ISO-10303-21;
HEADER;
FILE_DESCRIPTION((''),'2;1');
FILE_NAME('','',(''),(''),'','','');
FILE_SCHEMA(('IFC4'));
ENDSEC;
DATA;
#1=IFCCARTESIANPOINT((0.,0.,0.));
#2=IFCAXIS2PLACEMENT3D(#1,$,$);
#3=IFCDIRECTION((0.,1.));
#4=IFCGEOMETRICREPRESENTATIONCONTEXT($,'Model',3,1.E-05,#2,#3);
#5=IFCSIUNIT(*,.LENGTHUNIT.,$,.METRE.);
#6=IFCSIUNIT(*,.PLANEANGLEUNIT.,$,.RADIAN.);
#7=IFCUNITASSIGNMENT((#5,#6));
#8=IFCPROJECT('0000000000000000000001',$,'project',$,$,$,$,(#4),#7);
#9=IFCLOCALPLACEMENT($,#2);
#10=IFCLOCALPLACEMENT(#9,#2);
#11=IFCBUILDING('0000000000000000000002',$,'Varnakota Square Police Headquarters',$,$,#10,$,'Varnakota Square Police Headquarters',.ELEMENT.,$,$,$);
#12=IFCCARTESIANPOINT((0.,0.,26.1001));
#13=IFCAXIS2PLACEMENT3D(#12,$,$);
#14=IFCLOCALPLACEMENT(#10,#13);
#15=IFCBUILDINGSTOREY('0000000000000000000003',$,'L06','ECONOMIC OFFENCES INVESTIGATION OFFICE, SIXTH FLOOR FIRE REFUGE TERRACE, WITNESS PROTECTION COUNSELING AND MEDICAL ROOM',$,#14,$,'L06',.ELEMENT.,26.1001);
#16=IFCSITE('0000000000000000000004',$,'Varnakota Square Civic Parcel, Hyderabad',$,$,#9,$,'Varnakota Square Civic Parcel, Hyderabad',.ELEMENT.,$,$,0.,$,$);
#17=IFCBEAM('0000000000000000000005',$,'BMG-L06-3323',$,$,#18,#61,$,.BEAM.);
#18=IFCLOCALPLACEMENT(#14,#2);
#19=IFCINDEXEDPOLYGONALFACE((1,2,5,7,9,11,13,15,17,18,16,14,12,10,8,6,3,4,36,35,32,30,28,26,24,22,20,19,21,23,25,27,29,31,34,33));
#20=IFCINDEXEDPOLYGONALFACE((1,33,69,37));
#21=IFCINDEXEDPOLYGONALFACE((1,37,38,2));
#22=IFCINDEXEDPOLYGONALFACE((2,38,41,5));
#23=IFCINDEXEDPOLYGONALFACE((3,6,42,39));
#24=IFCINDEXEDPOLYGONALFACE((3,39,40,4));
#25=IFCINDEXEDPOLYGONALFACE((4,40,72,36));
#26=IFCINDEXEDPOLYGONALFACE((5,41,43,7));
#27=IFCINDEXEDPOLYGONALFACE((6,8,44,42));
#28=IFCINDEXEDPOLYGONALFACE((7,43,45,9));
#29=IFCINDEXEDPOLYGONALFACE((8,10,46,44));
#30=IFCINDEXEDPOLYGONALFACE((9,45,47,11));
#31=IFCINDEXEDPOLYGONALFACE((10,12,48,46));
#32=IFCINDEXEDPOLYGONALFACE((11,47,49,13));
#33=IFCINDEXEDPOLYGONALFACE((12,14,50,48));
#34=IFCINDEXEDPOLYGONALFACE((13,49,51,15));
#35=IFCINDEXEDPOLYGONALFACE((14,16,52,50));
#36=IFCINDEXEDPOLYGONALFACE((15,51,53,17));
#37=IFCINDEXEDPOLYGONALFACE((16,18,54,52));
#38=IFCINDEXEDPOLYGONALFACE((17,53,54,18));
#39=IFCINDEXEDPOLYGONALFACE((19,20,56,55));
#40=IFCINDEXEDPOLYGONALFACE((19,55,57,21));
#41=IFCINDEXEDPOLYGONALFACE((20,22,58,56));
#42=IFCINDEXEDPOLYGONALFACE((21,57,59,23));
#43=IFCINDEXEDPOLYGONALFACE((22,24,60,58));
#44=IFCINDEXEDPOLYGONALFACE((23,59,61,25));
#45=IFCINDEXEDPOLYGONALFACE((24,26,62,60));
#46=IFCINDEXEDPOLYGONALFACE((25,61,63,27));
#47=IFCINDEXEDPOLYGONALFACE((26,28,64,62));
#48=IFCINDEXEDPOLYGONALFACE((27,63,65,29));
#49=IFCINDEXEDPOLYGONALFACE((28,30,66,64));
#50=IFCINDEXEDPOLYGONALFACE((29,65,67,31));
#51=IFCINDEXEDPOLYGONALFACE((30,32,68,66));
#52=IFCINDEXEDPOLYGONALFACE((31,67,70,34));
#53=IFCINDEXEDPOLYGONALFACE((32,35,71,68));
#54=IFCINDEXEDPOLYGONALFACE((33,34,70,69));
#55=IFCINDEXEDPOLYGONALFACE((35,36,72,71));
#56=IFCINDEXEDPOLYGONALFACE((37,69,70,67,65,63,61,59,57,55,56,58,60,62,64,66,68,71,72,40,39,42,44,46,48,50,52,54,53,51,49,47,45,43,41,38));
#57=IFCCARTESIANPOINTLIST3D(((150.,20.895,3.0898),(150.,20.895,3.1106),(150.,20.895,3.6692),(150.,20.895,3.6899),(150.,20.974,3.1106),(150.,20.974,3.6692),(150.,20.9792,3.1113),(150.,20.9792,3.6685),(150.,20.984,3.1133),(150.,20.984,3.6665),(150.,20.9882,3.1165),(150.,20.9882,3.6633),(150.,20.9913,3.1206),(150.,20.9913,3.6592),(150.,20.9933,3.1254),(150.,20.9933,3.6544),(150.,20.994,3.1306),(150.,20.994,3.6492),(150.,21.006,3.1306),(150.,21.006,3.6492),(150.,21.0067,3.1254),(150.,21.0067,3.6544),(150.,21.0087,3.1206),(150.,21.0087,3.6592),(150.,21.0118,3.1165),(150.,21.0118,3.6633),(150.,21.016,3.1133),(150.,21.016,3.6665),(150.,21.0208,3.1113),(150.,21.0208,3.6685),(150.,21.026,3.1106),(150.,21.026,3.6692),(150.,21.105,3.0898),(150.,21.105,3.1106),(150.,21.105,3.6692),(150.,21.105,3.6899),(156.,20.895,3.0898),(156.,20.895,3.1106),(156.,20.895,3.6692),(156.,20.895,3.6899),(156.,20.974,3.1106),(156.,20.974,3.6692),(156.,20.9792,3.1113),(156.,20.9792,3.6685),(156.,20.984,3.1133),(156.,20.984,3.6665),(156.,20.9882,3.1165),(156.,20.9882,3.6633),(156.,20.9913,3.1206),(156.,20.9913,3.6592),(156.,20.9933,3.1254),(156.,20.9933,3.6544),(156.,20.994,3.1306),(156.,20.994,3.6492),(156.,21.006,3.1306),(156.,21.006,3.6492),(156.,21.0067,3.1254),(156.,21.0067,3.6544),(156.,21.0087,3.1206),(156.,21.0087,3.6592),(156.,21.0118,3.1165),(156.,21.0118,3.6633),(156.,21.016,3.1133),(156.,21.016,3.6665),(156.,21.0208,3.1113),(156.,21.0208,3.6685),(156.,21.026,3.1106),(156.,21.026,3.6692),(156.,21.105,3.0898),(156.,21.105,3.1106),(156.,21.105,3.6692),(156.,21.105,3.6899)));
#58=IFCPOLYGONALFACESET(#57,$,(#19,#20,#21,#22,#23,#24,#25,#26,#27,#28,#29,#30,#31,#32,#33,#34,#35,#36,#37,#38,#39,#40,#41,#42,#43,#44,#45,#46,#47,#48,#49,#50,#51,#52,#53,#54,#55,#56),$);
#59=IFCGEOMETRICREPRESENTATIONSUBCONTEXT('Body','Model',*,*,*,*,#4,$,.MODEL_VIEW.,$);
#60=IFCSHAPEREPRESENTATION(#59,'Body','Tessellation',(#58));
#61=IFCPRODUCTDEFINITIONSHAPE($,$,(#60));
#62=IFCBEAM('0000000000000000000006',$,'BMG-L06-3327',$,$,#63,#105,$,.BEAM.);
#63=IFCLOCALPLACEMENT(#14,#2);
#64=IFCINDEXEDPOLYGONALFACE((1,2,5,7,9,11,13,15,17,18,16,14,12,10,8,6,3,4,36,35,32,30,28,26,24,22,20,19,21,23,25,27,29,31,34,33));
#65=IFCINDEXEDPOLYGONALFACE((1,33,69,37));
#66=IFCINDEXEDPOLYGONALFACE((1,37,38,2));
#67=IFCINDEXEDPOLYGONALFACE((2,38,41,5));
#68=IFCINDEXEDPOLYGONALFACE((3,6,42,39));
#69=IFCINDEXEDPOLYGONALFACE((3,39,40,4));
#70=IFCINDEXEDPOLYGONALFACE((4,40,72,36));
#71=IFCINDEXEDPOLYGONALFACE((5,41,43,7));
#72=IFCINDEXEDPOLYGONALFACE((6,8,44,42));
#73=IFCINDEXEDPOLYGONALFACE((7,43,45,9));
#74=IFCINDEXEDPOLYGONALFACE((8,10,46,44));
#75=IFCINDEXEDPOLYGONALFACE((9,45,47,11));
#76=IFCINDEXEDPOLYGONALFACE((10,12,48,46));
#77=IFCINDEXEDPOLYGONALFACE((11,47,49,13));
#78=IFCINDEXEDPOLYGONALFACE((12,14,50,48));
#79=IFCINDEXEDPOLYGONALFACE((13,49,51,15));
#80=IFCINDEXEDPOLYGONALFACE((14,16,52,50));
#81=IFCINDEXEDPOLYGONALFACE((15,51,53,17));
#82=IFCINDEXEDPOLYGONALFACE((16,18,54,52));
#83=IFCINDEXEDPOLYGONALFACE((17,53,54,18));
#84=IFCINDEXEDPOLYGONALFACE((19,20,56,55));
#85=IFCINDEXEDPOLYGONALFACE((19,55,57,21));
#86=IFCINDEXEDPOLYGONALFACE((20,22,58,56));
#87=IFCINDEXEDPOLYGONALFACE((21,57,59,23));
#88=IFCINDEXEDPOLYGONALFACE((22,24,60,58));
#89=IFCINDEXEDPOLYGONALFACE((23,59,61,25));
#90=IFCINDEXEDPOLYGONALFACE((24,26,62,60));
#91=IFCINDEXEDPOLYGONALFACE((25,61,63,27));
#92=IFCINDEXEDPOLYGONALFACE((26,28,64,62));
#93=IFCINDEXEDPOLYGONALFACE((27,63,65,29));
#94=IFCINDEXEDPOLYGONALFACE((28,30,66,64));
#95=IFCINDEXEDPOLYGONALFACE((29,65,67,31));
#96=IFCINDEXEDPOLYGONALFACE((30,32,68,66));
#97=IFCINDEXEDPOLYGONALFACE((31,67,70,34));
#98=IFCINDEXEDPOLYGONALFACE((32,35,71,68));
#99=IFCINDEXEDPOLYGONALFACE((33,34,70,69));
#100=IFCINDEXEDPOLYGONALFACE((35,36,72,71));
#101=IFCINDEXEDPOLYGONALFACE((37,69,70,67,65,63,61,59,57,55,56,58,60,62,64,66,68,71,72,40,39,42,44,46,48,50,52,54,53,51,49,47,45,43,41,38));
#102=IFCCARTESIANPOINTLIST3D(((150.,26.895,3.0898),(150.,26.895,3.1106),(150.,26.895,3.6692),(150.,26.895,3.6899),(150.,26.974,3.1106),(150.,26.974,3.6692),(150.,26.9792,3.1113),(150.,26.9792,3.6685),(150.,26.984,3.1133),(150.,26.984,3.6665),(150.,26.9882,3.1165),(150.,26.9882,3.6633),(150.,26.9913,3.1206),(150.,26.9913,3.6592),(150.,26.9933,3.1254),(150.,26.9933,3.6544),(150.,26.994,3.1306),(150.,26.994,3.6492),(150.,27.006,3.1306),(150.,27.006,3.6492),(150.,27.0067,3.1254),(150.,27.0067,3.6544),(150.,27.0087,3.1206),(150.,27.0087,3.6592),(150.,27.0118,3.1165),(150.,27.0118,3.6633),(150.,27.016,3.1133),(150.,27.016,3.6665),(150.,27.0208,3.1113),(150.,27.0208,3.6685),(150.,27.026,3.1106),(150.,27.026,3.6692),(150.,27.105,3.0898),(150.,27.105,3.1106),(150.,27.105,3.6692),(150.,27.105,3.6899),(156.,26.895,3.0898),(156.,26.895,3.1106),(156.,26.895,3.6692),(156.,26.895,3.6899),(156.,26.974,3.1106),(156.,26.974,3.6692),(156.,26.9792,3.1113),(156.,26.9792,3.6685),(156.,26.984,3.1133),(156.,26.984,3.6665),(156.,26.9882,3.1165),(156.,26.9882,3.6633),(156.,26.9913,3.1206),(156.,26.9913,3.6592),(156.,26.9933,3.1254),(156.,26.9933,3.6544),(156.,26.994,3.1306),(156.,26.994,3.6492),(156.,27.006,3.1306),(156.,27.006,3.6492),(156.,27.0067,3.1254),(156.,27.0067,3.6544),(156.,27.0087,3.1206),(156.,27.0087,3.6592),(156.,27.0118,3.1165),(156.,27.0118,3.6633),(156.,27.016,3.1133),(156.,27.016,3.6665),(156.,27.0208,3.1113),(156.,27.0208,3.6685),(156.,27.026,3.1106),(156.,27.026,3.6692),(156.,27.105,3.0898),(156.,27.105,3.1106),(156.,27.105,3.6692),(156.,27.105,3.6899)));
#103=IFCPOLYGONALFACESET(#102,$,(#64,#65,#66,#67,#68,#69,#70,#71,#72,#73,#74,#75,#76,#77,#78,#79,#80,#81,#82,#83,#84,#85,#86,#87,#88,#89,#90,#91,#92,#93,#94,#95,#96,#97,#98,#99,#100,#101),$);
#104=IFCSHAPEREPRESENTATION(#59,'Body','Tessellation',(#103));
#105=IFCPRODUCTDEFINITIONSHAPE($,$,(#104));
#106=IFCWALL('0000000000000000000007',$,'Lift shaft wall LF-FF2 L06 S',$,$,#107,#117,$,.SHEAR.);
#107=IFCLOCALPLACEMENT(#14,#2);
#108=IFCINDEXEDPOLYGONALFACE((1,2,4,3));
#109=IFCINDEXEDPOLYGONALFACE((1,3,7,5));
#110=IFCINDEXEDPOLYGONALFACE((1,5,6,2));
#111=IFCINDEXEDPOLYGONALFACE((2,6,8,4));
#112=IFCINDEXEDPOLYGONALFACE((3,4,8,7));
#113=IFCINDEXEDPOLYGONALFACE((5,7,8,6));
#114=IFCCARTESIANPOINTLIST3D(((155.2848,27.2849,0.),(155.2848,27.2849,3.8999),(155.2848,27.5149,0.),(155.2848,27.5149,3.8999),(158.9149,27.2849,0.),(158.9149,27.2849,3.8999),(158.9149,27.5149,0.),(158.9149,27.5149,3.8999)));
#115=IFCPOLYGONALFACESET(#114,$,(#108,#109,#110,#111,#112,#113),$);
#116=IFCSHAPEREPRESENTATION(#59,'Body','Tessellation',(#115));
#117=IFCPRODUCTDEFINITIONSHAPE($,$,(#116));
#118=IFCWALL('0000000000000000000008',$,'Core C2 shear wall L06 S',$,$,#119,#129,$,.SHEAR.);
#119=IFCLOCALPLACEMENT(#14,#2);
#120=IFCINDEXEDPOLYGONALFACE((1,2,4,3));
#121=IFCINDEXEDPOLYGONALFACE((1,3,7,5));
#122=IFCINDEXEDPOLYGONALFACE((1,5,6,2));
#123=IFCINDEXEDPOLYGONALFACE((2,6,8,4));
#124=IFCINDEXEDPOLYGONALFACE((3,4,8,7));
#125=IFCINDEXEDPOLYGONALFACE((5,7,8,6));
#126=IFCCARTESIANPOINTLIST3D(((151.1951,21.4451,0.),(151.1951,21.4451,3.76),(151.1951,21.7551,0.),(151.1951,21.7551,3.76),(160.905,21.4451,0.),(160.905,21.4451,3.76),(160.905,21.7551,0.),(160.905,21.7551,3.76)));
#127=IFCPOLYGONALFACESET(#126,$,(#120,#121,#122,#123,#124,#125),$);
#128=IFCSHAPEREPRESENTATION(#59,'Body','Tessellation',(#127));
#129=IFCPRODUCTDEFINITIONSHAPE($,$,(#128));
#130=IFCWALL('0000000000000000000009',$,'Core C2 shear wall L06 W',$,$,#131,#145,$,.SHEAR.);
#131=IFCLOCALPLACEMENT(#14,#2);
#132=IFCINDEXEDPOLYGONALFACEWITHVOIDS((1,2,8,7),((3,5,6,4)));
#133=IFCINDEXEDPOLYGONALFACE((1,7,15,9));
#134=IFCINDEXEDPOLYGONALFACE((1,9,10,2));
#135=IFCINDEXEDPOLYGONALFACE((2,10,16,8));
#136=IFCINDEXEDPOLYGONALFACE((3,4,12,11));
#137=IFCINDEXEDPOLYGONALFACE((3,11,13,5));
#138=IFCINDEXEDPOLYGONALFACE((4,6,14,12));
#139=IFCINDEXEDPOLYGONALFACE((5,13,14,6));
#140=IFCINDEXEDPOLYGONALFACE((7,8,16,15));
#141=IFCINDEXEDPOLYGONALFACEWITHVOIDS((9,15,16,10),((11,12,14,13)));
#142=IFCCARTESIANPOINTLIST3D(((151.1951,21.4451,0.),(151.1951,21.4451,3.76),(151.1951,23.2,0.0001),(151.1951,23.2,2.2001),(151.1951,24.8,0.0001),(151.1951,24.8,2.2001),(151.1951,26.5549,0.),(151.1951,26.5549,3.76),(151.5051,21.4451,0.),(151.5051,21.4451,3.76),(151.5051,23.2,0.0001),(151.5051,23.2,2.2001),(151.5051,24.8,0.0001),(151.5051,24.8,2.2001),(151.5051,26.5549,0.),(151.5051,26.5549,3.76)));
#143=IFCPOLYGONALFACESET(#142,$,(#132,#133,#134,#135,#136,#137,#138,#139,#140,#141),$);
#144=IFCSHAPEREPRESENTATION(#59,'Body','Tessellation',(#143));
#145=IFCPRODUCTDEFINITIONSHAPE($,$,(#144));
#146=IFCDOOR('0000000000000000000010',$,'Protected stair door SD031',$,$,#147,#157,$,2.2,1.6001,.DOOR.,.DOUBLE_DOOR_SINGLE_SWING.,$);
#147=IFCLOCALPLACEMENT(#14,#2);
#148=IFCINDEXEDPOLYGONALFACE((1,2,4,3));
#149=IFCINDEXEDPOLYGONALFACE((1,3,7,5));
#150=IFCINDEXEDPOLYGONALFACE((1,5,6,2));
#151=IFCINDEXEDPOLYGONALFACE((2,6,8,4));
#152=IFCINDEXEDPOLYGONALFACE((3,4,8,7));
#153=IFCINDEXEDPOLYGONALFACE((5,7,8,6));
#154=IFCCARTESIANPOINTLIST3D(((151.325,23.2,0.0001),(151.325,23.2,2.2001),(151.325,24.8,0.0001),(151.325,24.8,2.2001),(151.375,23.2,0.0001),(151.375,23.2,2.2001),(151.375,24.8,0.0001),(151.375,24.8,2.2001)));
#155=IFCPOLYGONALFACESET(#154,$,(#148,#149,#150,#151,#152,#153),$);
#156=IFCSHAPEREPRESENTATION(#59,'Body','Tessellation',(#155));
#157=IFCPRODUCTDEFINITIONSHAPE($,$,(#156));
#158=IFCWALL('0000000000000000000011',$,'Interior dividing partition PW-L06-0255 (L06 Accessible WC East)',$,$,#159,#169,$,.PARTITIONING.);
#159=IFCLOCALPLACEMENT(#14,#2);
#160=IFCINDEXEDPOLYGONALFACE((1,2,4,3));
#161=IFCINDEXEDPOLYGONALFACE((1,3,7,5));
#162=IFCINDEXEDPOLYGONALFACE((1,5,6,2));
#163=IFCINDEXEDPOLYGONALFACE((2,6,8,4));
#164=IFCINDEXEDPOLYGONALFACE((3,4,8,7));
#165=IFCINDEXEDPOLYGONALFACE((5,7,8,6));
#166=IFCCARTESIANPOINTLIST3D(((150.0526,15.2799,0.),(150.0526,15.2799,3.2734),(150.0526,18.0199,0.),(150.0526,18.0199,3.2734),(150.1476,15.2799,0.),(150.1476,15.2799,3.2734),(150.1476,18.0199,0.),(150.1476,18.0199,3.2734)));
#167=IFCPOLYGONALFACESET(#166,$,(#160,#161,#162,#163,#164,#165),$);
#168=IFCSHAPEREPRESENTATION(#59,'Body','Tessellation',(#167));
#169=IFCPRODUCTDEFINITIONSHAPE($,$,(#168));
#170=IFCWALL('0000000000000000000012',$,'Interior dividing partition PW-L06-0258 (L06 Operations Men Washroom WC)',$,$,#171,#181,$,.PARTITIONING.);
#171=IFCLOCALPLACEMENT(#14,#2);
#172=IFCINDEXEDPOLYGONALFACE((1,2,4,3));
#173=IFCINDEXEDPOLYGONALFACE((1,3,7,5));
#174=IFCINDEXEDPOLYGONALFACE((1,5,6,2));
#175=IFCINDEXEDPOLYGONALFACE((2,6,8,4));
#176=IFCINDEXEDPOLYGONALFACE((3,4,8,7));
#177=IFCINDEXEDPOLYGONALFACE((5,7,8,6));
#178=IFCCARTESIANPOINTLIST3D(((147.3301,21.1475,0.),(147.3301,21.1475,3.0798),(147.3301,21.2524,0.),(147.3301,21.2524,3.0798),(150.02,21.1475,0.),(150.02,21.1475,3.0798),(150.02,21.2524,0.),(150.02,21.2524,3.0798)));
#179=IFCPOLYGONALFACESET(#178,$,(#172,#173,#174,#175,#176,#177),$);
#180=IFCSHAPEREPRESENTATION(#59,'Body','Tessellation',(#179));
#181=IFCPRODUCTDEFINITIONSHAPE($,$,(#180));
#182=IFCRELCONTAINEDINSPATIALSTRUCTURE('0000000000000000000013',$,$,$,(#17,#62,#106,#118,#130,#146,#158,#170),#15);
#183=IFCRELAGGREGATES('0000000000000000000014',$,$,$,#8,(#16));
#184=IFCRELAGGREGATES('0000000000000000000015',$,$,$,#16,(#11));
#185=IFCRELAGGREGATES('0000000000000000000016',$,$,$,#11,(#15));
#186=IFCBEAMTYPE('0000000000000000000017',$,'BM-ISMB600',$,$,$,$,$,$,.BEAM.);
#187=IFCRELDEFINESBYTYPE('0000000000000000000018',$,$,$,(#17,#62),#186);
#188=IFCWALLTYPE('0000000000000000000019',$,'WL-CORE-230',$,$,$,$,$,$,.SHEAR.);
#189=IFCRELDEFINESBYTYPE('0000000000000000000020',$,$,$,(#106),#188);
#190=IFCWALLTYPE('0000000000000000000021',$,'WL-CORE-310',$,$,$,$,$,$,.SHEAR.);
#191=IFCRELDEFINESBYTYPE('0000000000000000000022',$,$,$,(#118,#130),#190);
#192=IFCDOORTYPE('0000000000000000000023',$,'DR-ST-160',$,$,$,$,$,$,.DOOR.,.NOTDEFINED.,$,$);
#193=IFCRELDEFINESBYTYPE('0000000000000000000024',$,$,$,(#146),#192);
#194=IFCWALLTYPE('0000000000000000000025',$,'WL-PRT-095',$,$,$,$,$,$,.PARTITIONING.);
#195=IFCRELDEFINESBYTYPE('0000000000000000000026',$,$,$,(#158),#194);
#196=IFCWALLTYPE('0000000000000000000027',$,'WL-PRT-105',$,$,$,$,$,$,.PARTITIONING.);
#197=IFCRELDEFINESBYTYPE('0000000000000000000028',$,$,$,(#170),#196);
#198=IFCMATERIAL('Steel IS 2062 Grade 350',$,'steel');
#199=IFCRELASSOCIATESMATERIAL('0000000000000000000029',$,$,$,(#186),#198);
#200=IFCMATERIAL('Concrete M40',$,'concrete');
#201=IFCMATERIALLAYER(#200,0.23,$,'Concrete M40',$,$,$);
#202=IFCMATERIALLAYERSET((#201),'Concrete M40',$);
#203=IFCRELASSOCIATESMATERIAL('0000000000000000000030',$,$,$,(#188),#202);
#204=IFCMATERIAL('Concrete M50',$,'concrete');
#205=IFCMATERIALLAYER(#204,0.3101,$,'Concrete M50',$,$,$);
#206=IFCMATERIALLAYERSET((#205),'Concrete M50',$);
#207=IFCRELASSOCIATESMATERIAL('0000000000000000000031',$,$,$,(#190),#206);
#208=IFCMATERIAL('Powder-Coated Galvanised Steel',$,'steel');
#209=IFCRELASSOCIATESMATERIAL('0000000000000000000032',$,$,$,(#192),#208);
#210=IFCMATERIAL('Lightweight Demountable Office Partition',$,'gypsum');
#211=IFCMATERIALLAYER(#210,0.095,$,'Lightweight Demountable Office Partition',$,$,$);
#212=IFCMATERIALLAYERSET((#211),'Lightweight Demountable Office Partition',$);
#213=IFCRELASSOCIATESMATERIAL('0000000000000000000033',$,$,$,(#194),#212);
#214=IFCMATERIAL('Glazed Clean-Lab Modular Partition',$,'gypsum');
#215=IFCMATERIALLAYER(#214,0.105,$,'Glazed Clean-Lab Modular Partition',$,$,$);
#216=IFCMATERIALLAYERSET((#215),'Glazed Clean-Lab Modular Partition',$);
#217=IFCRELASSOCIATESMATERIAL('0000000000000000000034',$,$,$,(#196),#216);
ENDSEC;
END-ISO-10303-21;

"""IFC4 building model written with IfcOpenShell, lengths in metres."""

from ifc_helpers import new_model, si_unit, direction, frame, frame_2d, origin, origin_2d, place, context, subcontext, project, spatial, rectangle, i_section, extrude, material, layer, layer_set, material_profile, profile_set, type_object, element, fill, save


model = new_model("IFC4")

# Units and contexts
model_context = context("Model", 3, precision=1e-05, world=origin(), true_north=direction((0.0, 1.0)))
body_context = subcontext(model_context, "Body", "Model", "MODEL_VIEW")
ifc_project = project(units=[si_unit("LENGTHUNIT", "METRE"), si_unit("PLANEANGLEUNIT", "RADIAN")], contexts=[model_context])

# Site, building, storey
site_placement = place(None, origin())
site = spatial("IfcSite", under=ifc_project, at=site_placement, Name="Varnakota Square Civic Parcel, Hyderabad", LongName="Varnakota Square Civic Parcel, Hyderabad", CompositionType="ELEMENT", RefElevation=0.0)
building_placement = place(site_placement, origin())
building = spatial("IfcBuilding", under=site, at=building_placement, Name="Varnakota Square Police Headquarters", LongName="Varnakota Square Police Headquarters", CompositionType="ELEMENT")
storey_placement = place(building_placement, frame((0.0, 0.0, 26.1001)))
storey = spatial("IfcBuildingStorey", under=building, at=storey_placement, Name="L06", Description="ECONOMIC OFFENCES INVESTIGATION OFFICE, SIXTH FLOOR FIRE REFUGE TERRACE, WITNESS PROTECTION COUNSELING AND MEDICAL ROOM", LongName="L06", CompositionType="ELEMENT", Elevation=26.1001)

# Shared definitions
ifc_material_1 = material(Name="Steel IS 2062 Grade 350", Category="steel")

# Beams
ifc_material_profile_1 = material_profile(ifc_material_1, i_section(OverallWidth=0.21, OverallDepth=0.6001, WebThickness=0.012, FlangeThickness=0.0208, FilletRadius=0.02, at=origin_2d()), Name="ISMB 600")
ifc_profile_set_1 = profile_set([ifc_material_profile_1], Name="Steel IS 2062 Grade 350")
beam_type_1 = type_object("IfcBeamType", Name="BM-ISMB600", PredefinedType="BEAM", material=ifc_profile_set_1)
for number, where, z_axis, x_axis, name in (
    (1, (150.0, 21.0, 3.3899), (1.0, 0.0, 0.0), (0.0, 1.0, 0.0), "BMG-L06-3323"),
    (2, (150.0, 27.0, 3.3899), (1.0, 0.0, 0.0), (0.0, 1.0, 0.0), "BMG-L06-3327"),
):
    element("IfcBeam", number, at=place(storey_placement, frame(where, z_axis=z_axis, x_axis=x_axis)), inside=storey, type_object=beam_type_1, Name=name, PredefinedType="BEAM", context=body_context, shape_type="SweptSolid", body=[
        extrude(i_section(OverallWidth=0.21, OverallDepth=0.6001, WebThickness=0.012, FlangeThickness=0.0208, FilletRadius=0.02, at=origin_2d()), origin(), (0.0, 0.0, 1.0), 6.0),
    ])

# Walls
ifc_material_2 = material(Name="Concrete M40", Category="concrete")
ifc_layer_1 = layer(ifc_material_2, 0.23, Name="Concrete M40")
ifc_layer_set_1 = layer_set([ifc_layer_1], Name="Concrete M40")
wall_type_1 = type_object("IfcWallType", Name="WL-CORE-230", PredefinedType="SHEAR", material=ifc_layer_set_1)
wall_1_placement = place(storey_placement, frame((155.2849, 27.3999, 0.0), z_axis=(0.0, 0.0, 1.0), x_axis=(1.0, 0.0, 0.0)))
element("IfcWall", 3, at=wall_1_placement, inside=storey, type_object=wall_type_1, Name="Lift shaft wall LF-FF2 L06 S", PredefinedType="SHEAR", context=body_context, shape_type="SweptSolid", body=[
    extrude(rectangle(XDim=3.6301, YDim=0.23, at=frame_2d((1.8149, 0.0))), origin(), (0.0, 0.0, 1.0), 3.8999),
])
ifc_material_3 = material(Name="Concrete M50", Category="concrete")
ifc_layer_2 = layer(ifc_material_3, 0.3101, Name="Concrete M50")
ifc_layer_set_2 = layer_set([ifc_layer_2], Name="Concrete M50")
wall_type_2 = type_object("IfcWallType", Name="WL-CORE-310", PredefinedType="SHEAR", material=ifc_layer_set_2)
wall_2_placement = place(storey_placement, frame((151.1951, 21.6001, 0.0), z_axis=(0.0, 0.0, 1.0), x_axis=(1.0, 0.0, 0.0)))
element("IfcWall", 4, at=wall_2_placement, inside=storey, type_object=wall_type_2, Name="Core C2 shear wall L06 S", PredefinedType="SHEAR", context=body_context, shape_type="SweptSolid", body=[
    extrude(rectangle(XDim=9.71, YDim=0.3101, at=frame_2d((4.855, 0.0))), origin(), (0.0, 0.0, 1.0), 3.76),
])

# Wall, opening, door
wall_3_placement = place(storey_placement, frame((151.3501, 26.5549, 0.0), z_axis=(0.0, 0.0, 1.0), x_axis=(0.0, -1.0, 0.0)))
wall_3 = element("IfcWall", 5, at=wall_3_placement, inside=storey, type_object=wall_type_2, Name="Core C2 shear wall L06 W", PredefinedType="SHEAR", context=body_context, shape_type="SweptSolid", body=[
    extrude(rectangle(XDim=5.1099, YDim=0.3101, at=frame_2d((2.5549, 0.0))), origin(), (0.0, 0.0, 1.0), 3.76),
])
opening_1_placement = place(wall_3_placement, frame((1.7549, 0.0, 0.0)))
opening_1 = element("IfcOpeningElement", 6, at=opening_1_placement, cuts=wall_3, PredefinedType="OPENING", context=body_context, shape_type="SweptSolid", body=[
    extrude(rectangle(XDim=1.6001, YDim=2.2, at=frame_2d((0.8, 1.1001))), frame((0.0, 0.165, 0.0), z_axis=(0.0, -1.0, 0.0), x_axis=(1.0, 0.0, 0.0)), (0.0, 0.0, 1.0), 0.3301),
])
ifc_material_4 = material(Name="Powder-Coated Galvanised Steel", Category="steel")
door_type_1 = type_object("IfcDoorType", Name="DR-ST-160", OperationType="NOTDEFINED", PredefinedType="DOOR", material=ifc_material_4)
door_1_placement = place(opening_1_placement, origin())
door_1 = element("IfcDoor", 7, at=door_1_placement, inside=storey, type_object=door_type_1, Name="Protected stair door SD031", OperationType="DOUBLE_DOOR_SINGLE_SWING", OverallHeight=2.2, OverallWidth=1.6001, PredefinedType="DOOR", context=body_context, shape_type="SweptSolid", body=[
    extrude(rectangle(XDim=1.6001, YDim=2.2, at=frame_2d((0.8, 1.1001))), frame((0.0, 0.0249, 0.0), z_axis=(0.0, -1.0, 0.0), x_axis=(1.0, 0.0, 0.0)), (0.0, 0.0, 1.0), 0.05),
])
fill(opening_1, door_1)

# Walls
ifc_material_5 = material(Name="Lightweight Demountable Office Partition", Category="gypsum")
ifc_layer_3 = layer(ifc_material_5, 0.095, Name="Lightweight Demountable Office Partition")
ifc_layer_set_3 = layer_set([ifc_layer_3], Name="Lightweight Demountable Office Partition")
wall_type_3 = type_object("IfcWallType", Name="WL-PRT-095", PredefinedType="PARTITIONING", material=ifc_layer_set_3)
wall_4_placement = place(storey_placement, frame((150.1001, 18.02, 0.0), z_axis=(0.0, 0.0, 1.0), x_axis=(0.0, -1.0, 0.0)))
element("IfcWall", 8, at=wall_4_placement, inside=storey, type_object=wall_type_3, Name="Interior dividing partition PW-L06-0255 (L06 Accessible WC East)", PredefinedType="PARTITIONING", context=body_context, shape_type="SweptSolid", body=[
    extrude(rectangle(XDim=2.74, YDim=0.095, at=frame_2d((1.3701, 0.0))), origin(), (0.0, 0.0, 1.0), 3.2734),
])
ifc_material_6 = material(Name="Glazed Clean-Lab Modular Partition", Category="gypsum")
ifc_layer_4 = layer(ifc_material_6, 0.105, Name="Glazed Clean-Lab Modular Partition")
ifc_layer_set_4 = layer_set([ifc_layer_4], Name="Glazed Clean-Lab Modular Partition")
wall_type_4 = type_object("IfcWallType", Name="WL-PRT-105", PredefinedType="PARTITIONING", material=ifc_layer_set_4)
wall_5_placement = place(storey_placement, frame((147.3301, 21.2, 0.0), z_axis=(0.0, 0.0, 1.0), x_axis=(1.0, 0.0, 0.0)))
element("IfcWall", 9, at=wall_5_placement, inside=storey, type_object=wall_type_4, Name="Interior dividing partition PW-L06-0258 (L06 Operations Men Washroom WC)", PredefinedType="PARTITIONING", context=body_context, shape_type="SweptSolid", body=[
    extrude(rectangle(XDim=2.6899, YDim=0.105, at=frame_2d((1.345, 0.0))), origin(), (0.0, 0.0, 1.0), 3.0798),
])

save(model, "model.ifc")
